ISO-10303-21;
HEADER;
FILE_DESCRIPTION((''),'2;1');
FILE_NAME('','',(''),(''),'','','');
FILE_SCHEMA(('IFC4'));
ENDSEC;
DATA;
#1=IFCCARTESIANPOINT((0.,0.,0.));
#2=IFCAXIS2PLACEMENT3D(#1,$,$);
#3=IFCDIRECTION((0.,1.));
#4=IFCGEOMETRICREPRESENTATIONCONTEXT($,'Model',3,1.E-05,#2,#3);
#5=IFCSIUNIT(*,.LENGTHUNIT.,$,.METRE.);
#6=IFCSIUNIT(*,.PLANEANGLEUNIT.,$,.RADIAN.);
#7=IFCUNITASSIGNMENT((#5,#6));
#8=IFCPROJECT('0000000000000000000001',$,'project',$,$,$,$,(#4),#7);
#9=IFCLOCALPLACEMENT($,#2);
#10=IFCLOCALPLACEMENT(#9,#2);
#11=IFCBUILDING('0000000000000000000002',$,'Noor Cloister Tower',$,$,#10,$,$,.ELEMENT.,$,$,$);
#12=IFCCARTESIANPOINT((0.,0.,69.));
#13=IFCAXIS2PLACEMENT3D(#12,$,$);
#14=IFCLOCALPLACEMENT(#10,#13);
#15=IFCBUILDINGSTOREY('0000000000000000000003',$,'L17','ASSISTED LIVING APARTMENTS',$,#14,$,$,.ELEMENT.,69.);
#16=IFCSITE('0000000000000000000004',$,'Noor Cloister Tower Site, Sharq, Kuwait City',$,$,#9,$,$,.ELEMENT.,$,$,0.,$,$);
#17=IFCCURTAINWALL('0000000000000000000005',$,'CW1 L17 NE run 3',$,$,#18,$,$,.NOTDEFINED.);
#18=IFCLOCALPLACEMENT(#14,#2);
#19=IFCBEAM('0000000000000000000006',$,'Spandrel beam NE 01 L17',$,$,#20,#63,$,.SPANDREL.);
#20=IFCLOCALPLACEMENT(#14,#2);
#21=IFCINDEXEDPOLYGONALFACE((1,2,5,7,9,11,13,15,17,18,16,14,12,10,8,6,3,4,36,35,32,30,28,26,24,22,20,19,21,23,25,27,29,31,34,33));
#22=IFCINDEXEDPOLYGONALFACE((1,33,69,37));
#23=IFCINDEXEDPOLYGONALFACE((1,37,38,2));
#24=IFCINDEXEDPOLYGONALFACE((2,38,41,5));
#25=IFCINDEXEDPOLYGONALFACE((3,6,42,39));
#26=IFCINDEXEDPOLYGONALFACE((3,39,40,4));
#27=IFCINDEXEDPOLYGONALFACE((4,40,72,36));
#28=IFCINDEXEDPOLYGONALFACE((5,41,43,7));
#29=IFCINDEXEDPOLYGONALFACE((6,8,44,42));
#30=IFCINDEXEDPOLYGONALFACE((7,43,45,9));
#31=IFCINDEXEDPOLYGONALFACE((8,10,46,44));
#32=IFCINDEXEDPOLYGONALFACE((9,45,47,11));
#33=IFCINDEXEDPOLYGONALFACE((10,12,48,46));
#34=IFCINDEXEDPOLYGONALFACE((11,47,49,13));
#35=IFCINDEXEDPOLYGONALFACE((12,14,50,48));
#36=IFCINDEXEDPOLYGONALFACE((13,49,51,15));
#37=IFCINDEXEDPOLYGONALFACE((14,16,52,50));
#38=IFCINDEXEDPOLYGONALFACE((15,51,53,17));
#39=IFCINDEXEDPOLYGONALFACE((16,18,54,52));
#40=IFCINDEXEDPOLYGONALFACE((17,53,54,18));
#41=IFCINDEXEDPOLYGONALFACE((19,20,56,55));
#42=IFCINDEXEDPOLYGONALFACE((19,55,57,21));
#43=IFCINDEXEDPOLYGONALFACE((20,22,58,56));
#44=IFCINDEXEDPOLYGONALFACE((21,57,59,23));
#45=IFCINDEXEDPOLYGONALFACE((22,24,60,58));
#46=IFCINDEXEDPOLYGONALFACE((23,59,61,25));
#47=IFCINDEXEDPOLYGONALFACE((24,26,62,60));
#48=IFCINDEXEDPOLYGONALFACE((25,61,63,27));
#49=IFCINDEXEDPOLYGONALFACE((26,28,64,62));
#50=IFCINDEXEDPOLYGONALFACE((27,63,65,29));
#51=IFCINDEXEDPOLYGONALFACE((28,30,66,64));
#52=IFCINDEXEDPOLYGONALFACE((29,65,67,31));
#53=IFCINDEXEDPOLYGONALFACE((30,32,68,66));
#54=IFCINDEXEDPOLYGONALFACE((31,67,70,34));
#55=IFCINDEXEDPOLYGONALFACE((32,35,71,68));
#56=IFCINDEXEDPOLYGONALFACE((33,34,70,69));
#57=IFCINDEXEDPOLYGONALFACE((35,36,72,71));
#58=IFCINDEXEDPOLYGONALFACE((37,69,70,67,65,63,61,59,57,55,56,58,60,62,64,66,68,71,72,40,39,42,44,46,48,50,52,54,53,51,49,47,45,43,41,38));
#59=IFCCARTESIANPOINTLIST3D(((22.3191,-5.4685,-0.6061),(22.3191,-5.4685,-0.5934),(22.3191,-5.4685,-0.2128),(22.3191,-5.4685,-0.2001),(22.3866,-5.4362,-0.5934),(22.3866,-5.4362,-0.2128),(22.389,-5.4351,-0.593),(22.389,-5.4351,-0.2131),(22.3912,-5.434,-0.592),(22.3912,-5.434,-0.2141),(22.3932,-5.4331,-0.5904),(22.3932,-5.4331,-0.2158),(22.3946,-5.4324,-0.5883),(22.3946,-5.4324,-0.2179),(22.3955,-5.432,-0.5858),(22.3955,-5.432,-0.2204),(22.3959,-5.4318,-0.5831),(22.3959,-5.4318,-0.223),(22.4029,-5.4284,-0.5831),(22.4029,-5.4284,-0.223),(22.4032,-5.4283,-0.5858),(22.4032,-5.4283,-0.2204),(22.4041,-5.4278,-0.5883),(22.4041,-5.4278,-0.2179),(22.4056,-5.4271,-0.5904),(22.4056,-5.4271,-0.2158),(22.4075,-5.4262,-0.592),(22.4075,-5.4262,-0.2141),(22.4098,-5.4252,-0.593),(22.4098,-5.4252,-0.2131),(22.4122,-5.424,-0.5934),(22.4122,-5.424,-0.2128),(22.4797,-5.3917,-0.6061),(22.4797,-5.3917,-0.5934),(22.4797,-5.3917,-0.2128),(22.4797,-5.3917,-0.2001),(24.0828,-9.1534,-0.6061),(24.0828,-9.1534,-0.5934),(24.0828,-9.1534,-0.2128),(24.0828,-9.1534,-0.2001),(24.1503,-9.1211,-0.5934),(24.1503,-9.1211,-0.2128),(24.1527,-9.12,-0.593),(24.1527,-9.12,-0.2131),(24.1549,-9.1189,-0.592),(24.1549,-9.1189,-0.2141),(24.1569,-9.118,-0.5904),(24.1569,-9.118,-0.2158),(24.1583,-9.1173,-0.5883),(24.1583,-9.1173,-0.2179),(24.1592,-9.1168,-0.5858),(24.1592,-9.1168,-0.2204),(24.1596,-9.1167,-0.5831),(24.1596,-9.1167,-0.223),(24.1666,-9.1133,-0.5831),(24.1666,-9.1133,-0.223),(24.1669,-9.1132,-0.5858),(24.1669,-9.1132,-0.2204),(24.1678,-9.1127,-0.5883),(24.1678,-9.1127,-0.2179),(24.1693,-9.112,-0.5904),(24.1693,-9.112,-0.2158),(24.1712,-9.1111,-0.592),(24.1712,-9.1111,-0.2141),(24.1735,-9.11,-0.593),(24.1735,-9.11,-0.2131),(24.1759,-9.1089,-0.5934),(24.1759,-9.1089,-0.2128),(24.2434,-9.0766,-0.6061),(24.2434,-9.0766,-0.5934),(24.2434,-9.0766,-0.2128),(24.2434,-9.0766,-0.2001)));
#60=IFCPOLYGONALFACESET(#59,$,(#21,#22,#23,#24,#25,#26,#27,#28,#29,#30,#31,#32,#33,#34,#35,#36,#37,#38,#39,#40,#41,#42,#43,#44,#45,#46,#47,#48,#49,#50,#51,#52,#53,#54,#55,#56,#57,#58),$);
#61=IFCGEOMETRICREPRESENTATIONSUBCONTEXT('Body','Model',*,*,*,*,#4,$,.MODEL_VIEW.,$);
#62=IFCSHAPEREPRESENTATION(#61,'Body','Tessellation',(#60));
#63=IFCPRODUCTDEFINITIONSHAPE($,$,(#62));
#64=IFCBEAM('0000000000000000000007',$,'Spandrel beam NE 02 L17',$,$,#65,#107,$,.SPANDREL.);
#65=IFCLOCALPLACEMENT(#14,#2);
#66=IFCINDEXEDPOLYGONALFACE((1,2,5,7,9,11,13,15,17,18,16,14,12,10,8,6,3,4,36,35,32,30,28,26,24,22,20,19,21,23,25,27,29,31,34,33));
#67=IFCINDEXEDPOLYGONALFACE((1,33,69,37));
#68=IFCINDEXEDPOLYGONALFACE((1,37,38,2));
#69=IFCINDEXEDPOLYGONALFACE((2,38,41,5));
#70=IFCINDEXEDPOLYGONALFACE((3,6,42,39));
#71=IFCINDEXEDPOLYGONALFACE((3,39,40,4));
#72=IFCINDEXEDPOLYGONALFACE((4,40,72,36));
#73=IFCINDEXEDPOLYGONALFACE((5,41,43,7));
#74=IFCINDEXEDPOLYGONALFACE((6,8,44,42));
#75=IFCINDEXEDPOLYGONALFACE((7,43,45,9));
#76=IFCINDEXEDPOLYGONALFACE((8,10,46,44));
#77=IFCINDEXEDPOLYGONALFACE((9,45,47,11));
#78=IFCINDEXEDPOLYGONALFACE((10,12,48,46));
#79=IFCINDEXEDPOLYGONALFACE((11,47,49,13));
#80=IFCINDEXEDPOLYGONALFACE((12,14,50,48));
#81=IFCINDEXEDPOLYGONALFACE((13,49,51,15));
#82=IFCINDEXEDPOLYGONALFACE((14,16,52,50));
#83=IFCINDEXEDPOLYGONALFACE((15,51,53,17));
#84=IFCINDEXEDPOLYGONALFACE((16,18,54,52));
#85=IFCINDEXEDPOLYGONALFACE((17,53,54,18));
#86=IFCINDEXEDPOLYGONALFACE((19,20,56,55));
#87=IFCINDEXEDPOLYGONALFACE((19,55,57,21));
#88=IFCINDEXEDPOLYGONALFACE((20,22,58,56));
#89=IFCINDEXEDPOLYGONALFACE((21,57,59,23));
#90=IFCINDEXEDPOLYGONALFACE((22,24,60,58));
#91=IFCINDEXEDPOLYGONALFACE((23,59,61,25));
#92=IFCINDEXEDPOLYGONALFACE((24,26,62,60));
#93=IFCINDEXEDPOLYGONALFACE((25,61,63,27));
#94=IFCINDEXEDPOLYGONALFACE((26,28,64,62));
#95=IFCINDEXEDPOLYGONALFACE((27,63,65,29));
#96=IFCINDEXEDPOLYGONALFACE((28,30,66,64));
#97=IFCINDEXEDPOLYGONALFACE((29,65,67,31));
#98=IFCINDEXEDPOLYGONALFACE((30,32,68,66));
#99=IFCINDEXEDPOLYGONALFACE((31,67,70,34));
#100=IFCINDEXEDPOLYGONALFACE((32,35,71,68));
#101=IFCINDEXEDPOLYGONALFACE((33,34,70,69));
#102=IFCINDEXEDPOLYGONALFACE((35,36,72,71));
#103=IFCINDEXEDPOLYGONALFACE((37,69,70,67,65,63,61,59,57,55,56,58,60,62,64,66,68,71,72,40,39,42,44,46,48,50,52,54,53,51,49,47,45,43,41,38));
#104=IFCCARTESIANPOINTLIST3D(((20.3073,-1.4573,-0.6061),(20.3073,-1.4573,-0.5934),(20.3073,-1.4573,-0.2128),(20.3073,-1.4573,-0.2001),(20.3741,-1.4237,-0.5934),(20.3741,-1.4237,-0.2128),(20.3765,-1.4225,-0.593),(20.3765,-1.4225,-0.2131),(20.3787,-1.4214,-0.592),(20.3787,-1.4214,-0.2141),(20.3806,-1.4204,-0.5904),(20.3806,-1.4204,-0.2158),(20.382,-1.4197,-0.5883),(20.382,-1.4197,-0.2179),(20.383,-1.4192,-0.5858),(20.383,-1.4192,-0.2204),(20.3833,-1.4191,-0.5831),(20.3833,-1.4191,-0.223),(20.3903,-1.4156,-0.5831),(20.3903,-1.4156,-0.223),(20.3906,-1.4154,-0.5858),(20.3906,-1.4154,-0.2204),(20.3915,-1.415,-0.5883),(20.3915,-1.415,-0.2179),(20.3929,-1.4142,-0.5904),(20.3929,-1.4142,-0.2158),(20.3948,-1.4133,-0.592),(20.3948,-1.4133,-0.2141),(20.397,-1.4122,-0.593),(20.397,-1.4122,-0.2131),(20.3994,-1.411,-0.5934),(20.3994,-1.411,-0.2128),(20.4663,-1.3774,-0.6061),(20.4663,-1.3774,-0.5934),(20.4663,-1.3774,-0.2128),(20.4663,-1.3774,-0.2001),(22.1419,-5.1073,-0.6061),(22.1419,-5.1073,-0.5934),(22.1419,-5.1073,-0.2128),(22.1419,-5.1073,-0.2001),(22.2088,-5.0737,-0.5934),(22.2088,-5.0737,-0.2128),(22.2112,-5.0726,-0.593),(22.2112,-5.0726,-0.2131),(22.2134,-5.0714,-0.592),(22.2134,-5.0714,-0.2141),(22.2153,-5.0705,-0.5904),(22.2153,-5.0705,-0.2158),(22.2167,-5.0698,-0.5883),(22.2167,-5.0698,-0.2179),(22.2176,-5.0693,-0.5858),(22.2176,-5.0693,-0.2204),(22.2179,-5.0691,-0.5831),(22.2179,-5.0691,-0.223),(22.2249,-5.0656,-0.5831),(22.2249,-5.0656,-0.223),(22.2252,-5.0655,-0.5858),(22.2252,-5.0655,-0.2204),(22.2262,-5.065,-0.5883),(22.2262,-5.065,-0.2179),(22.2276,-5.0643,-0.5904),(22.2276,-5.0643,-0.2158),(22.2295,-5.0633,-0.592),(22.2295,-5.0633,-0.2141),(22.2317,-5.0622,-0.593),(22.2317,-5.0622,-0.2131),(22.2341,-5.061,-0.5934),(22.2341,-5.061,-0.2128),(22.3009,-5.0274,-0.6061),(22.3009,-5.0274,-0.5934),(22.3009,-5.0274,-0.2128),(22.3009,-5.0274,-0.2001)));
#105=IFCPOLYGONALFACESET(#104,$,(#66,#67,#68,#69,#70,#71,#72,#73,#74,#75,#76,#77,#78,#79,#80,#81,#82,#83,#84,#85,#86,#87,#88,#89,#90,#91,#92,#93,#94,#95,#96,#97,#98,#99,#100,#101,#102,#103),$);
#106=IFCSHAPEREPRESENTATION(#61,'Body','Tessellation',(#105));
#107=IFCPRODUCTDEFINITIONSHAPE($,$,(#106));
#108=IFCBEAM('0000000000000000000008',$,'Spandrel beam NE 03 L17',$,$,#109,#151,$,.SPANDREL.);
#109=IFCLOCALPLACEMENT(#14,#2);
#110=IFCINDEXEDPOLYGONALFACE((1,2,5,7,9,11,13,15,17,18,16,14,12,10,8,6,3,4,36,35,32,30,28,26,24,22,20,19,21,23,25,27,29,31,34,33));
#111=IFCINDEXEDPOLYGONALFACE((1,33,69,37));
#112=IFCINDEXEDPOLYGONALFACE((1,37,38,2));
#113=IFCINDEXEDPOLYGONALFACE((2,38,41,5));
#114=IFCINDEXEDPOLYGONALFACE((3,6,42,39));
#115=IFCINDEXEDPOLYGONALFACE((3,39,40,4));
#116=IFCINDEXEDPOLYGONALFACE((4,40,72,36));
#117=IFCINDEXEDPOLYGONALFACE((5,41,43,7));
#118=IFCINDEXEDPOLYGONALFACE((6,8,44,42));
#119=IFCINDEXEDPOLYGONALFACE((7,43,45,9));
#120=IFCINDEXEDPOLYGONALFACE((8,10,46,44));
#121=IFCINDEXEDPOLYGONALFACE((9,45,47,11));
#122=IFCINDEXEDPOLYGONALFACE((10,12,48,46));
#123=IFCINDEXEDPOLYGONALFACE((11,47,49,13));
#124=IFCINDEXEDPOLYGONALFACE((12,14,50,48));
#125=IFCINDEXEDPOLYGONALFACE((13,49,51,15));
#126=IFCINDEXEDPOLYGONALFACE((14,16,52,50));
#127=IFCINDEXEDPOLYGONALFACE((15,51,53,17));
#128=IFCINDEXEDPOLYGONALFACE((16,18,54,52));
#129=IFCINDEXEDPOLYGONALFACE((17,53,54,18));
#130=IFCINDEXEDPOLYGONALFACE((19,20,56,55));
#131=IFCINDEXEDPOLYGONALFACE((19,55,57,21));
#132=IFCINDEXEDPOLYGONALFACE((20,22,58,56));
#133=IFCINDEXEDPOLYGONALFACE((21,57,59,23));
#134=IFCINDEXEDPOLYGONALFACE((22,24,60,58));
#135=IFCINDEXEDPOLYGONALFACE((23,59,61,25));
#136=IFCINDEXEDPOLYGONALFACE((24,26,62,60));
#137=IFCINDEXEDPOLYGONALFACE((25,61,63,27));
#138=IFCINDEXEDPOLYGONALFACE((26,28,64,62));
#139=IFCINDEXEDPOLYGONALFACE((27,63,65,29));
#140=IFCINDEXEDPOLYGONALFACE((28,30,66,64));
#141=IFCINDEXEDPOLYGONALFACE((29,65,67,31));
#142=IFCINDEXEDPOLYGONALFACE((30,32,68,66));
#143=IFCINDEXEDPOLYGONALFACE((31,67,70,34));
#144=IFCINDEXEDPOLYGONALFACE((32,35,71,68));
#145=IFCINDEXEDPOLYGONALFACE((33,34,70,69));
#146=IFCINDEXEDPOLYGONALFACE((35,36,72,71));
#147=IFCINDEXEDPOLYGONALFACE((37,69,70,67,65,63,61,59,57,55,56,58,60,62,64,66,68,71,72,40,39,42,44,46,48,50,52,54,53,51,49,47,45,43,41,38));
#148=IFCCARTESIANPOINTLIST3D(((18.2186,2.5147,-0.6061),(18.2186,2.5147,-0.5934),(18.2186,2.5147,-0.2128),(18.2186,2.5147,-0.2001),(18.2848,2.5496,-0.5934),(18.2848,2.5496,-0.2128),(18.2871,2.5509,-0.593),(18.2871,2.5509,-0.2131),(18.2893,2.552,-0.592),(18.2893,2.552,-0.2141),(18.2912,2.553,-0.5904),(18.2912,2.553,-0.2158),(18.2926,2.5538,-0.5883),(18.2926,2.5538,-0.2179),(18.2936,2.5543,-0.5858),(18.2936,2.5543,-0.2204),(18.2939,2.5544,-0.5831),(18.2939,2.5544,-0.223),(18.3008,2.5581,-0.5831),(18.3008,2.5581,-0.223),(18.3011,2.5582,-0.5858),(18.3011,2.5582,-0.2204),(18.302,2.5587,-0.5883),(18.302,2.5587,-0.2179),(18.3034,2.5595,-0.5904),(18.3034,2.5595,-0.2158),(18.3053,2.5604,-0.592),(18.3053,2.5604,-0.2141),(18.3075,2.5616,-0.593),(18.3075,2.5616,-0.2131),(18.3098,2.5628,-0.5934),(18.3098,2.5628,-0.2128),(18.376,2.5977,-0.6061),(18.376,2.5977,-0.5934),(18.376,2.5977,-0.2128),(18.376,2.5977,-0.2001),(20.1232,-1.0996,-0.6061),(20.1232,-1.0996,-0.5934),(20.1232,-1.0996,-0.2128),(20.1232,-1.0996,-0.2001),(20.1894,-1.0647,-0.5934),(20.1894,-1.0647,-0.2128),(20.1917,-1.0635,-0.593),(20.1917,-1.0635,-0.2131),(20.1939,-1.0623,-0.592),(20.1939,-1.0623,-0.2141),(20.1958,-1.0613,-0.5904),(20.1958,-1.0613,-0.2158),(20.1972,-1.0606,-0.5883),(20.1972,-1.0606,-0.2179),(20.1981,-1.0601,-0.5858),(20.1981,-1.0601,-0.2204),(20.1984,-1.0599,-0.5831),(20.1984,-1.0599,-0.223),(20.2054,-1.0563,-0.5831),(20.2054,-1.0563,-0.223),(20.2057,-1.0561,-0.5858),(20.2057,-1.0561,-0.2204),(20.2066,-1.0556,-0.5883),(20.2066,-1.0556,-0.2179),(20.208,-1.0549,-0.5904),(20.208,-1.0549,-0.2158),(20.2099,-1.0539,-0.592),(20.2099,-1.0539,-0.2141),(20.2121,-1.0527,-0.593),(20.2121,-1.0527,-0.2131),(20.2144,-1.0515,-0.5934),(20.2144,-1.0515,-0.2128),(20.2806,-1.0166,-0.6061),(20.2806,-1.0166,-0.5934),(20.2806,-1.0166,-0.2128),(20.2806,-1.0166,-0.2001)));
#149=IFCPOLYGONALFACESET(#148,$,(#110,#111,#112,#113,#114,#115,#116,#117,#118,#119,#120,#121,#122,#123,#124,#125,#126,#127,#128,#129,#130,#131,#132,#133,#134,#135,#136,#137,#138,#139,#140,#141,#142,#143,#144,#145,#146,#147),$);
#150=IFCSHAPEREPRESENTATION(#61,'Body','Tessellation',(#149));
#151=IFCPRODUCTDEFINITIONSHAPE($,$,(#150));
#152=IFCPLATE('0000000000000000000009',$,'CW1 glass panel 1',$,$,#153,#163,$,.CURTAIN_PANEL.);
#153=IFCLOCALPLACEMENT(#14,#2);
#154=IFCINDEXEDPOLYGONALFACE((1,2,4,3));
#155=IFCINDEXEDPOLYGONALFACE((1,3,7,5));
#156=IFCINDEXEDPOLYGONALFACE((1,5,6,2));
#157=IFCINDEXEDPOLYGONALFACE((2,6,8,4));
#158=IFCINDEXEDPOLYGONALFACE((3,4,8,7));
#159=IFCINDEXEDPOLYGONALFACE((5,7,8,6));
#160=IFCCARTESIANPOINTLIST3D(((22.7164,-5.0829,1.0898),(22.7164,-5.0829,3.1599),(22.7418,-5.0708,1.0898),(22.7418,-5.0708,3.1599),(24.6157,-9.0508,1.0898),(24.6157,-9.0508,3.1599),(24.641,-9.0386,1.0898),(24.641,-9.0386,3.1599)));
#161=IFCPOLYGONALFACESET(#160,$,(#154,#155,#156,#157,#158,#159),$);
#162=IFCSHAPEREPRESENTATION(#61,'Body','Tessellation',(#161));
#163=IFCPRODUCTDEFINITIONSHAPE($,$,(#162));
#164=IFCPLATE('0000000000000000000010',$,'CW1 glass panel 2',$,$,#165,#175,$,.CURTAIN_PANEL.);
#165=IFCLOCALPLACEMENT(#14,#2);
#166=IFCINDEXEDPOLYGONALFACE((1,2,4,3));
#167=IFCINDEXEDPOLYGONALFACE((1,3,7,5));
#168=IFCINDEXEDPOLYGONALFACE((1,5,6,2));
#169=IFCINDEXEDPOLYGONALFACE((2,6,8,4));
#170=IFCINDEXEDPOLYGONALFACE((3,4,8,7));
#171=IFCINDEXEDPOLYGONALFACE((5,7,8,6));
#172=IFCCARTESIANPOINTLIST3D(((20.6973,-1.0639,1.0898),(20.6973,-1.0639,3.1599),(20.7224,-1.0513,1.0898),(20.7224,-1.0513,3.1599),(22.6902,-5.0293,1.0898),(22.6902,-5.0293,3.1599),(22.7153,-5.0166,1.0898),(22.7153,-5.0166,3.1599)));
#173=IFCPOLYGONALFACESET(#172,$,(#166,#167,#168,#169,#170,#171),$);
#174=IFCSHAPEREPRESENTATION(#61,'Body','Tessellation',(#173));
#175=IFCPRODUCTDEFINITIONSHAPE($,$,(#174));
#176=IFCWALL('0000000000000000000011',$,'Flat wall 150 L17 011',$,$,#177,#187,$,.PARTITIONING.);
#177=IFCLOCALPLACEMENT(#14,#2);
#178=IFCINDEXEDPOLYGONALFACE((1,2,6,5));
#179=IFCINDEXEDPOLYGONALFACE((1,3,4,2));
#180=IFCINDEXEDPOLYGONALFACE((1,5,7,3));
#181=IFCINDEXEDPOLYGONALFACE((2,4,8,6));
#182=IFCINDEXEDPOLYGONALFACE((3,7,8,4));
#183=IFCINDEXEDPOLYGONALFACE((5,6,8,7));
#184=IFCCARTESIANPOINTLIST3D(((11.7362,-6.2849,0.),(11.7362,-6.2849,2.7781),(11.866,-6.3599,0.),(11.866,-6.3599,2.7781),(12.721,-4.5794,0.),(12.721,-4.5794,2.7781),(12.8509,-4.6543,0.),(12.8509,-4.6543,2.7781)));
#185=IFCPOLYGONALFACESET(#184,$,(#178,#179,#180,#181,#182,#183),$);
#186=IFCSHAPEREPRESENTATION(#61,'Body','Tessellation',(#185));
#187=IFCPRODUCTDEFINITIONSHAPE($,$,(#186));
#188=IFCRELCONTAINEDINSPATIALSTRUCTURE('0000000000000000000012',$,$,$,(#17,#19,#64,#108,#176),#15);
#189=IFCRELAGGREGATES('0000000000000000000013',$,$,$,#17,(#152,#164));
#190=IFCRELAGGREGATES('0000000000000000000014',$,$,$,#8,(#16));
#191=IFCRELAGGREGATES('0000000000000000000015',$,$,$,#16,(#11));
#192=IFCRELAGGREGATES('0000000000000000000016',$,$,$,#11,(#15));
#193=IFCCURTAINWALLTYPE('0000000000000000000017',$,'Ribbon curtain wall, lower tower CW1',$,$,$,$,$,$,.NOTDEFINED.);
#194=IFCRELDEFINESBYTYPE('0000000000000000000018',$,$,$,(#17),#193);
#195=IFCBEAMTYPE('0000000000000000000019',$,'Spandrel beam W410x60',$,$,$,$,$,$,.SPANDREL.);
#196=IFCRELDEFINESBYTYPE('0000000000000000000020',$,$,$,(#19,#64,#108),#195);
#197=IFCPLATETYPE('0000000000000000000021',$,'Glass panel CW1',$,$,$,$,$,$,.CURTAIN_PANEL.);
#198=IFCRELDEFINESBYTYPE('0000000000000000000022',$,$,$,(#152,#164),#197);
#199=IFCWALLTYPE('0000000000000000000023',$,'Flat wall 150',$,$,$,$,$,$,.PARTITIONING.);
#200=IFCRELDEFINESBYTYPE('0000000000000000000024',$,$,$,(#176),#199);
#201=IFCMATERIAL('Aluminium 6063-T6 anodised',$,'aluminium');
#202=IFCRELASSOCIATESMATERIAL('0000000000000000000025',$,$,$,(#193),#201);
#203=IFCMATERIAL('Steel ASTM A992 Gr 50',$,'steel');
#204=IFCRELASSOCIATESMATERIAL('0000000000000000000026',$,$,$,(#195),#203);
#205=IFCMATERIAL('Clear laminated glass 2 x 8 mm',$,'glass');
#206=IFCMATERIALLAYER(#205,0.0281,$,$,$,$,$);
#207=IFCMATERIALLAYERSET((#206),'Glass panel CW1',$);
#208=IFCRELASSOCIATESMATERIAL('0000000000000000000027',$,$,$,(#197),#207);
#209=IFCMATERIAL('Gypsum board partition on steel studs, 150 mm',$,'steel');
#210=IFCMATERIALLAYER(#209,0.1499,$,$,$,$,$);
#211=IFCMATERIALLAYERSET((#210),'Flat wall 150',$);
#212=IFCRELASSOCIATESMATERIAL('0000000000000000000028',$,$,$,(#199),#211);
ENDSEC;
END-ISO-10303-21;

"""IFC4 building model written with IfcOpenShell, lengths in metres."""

from ifc_helpers import new_model, si_unit, direction, frame, frame_2d, origin, origin_2d, place, context, subcontext, project, spatial, rectangle, i_section, extrude, material, layer, layer_set, material_profile, profile_set, type_object, element, aggregate, save


model = new_model("IFC4")

# Units and contexts
model_context = context("Model", 3, precision=1e-05, world=origin(), true_north=direction((0.0, 1.0)))
body_context = subcontext(model_context, "Body", "Model", "MODEL_VIEW")
ifc_project = project(units=[si_unit("LENGTHUNIT", "METRE"), si_unit("PLANEANGLEUNIT", "RADIAN")], contexts=[model_context])

# Site, building, storey
site_placement = place(None, origin())
site = spatial("IfcSite", under=ifc_project, at=site_placement, Name="Noor Cloister Tower Site, Sharq, Kuwait City", CompositionType="ELEMENT", RefElevation=0.0)
building_placement = place(site_placement, origin())
building = spatial("IfcBuilding", under=site, at=building_placement, Name="Noor Cloister Tower", CompositionType="ELEMENT")
storey_placement = place(building_placement, frame((0.0, 0.0, 69.0)))
storey = spatial("IfcBuildingStorey", under=building, at=storey_placement, Name="L17", Description="ASSISTED LIVING APARTMENTS", CompositionType="ELEMENT", Elevation=69.0)

# Curtain wall
ifc_material_1 = material(Name="Aluminium 6063-T6 anodised", Category="aluminium")
curtain_wall_type = type_object("IfcCurtainWallType", Name="Ribbon curtain wall, lower tower CW1", PredefinedType="NOTDEFINED", material=ifc_material_1)
curtain_wall_placement = place(storey_placement, origin())
curtain_wall = element("IfcCurtainWall", 1, at=curtain_wall_placement, inside=storey, type_object=curtain_wall_type, Name="CW1 L17 NE run 3", PredefinedType="NOTDEFINED")

# Beams
ifc_material_2 = material(Name="Steel ASTM A992 Gr 50", Category="steel")
ifc_material_profile_1 = material_profile(ifc_material_2, i_section(OverallWidth=0.178, OverallDepth=0.406, WebThickness=0.0078, FlangeThickness=0.0127, FilletRadius=0.0103, at=origin_2d()), Name="W410x60")
ifc_profile_set_1 = profile_set([ifc_material_profile_1], Name="Steel ASTM A992 Gr 50")
beam_type_1 = type_object("IfcBeamType", Name="Spandrel beam W410x60", PredefinedType="SPANDREL", material=ifc_profile_set_1)
for number, where, z_axis, x_axis, name in (
    (2, (24.1631, -9.115, -0.4031), (-0.431728, 0.902004, 0.0), (-0.902004, -0.431728, 0.0), "Spandrel beam NE 01 L17"),
    (3, (22.2214, -5.0674, -0.4031), (-0.449101, 0.893481, 0.0), (-0.893481, -0.449101, 0.0), "Spandrel beam NE 02 L17"),
):
    element("IfcBeam", number, at=place(storey_placement, frame(where, z_axis=z_axis, x_axis=x_axis)), inside=storey, type_object=beam_type_1, Name=name, PredefinedType="SPANDREL", context=body_context, shape_type="SweptSolid", body=[
        extrude(i_section(OverallWidth=0.178, OverallDepth=0.406, WebThickness=0.0078, FlangeThickness=0.0127, FilletRadius=0.0103, at=origin_2d()), origin(), (0.0, 0.0, 1.0), 4.0852),
    ])
beam_1_placement = place(storey_placement, frame((20.2019, -1.0581, -0.4031), z_axis=(-0.466187, 0.884686, 0.0), x_axis=(-0.884686, -0.466187, 0.0)))
element("IfcBeam", 4, at=beam_1_placement, inside=storey, type_object=beam_type_1, Name="Spandrel beam NE 03 L17", PredefinedType="SPANDREL", context=body_context, shape_type="SweptSolid", body=[
    extrude(i_section(OverallWidth=0.178, OverallDepth=0.406, WebThickness=0.0078, FlangeThickness=0.0127, FilletRadius=0.0103, at=origin_2d()), origin(), (0.0, 0.0, 1.0), 4.0854),
])

# Plates
ifc_material_3 = material(Name="Clear laminated glass 2 x 8 mm", Category="glass")
ifc_layer_1 = layer(ifc_material_3, 0.0281)
ifc_layer_set_1 = layer_set([ifc_layer_1], Name="Glass panel CW1")
plate_type = type_object("IfcPlateType", Name="Glass panel CW1", PredefinedType="CURTAIN_PANEL", material=ifc_layer_set_1)
plate_1_placement = place(storey_placement, frame((23.6787, -7.0608, 1.0898), z_axis=(0.0, 0.0, 1.0), x_axis=(-0.431748, 0.901994, 0.0)))
plate_1 = element("IfcPlate", 5, at=plate_1_placement, type_object=plate_type, Name="CW1 glass panel 1", PredefinedType="CURTAIN_PANEL", context=body_context, shape_type="SweptSolid", body=[
    extrude(rectangle(XDim=4.3989, YDim=0.0281, at=origin_2d()), origin(), (0.0, 0.0, 1.0), 2.0701),
])
plate_2_placement = place(storey_placement, frame((21.7063, -3.0403, 1.0898), z_axis=(0.0, 0.0, 1.0), x_axis=(-0.449068, 0.893498, 0.0)))
plate_2 = element("IfcPlate", 6, at=plate_2_placement, type_object=plate_type, Name="CW1 glass panel 2", PredefinedType="CURTAIN_PANEL", context=body_context, shape_type="SweptSolid", body=[
    extrude(rectangle(XDim=4.438, YDim=0.0281, at=origin_2d()), origin(), (0.0, 0.0, 1.0), 2.0701),
])
aggregate(curtain_wall, [plate_1, plate_2])

# Wall
ifc_material_4 = material(Name="Gypsum board partition on steel studs, 150 mm", Category="steel")
ifc_layer_2 = layer(ifc_material_4, 0.1499)
ifc_layer_set_2 = layer_set([ifc_layer_2], Name="Flat wall 150")
wall_type_1 = type_object("IfcWallType", Name="Flat wall 150", PredefinedType="PARTITIONING", material=ifc_layer_set_2)
wall_1_placement = place(storey_placement, frame((11.801, -6.3225, 0.0), z_axis=(0.0, 0.0, 1.0), x_axis=(0.500059, 0.865992, 0.0)))
element("IfcWall", 7, at=wall_1_placement, inside=storey, type_object=wall_type_1, Name="Flat wall 150 L17 011", PredefinedType="PARTITIONING", context=body_context, shape_type="SweptSolid", body=[
    extrude(rectangle(XDim=1.9695, YDim=0.1499, at=frame_2d((0.9849, 0.0))), origin(), (0.0, 0.0, 1.0), 2.7781),
])

save(model, "model.ifc")
